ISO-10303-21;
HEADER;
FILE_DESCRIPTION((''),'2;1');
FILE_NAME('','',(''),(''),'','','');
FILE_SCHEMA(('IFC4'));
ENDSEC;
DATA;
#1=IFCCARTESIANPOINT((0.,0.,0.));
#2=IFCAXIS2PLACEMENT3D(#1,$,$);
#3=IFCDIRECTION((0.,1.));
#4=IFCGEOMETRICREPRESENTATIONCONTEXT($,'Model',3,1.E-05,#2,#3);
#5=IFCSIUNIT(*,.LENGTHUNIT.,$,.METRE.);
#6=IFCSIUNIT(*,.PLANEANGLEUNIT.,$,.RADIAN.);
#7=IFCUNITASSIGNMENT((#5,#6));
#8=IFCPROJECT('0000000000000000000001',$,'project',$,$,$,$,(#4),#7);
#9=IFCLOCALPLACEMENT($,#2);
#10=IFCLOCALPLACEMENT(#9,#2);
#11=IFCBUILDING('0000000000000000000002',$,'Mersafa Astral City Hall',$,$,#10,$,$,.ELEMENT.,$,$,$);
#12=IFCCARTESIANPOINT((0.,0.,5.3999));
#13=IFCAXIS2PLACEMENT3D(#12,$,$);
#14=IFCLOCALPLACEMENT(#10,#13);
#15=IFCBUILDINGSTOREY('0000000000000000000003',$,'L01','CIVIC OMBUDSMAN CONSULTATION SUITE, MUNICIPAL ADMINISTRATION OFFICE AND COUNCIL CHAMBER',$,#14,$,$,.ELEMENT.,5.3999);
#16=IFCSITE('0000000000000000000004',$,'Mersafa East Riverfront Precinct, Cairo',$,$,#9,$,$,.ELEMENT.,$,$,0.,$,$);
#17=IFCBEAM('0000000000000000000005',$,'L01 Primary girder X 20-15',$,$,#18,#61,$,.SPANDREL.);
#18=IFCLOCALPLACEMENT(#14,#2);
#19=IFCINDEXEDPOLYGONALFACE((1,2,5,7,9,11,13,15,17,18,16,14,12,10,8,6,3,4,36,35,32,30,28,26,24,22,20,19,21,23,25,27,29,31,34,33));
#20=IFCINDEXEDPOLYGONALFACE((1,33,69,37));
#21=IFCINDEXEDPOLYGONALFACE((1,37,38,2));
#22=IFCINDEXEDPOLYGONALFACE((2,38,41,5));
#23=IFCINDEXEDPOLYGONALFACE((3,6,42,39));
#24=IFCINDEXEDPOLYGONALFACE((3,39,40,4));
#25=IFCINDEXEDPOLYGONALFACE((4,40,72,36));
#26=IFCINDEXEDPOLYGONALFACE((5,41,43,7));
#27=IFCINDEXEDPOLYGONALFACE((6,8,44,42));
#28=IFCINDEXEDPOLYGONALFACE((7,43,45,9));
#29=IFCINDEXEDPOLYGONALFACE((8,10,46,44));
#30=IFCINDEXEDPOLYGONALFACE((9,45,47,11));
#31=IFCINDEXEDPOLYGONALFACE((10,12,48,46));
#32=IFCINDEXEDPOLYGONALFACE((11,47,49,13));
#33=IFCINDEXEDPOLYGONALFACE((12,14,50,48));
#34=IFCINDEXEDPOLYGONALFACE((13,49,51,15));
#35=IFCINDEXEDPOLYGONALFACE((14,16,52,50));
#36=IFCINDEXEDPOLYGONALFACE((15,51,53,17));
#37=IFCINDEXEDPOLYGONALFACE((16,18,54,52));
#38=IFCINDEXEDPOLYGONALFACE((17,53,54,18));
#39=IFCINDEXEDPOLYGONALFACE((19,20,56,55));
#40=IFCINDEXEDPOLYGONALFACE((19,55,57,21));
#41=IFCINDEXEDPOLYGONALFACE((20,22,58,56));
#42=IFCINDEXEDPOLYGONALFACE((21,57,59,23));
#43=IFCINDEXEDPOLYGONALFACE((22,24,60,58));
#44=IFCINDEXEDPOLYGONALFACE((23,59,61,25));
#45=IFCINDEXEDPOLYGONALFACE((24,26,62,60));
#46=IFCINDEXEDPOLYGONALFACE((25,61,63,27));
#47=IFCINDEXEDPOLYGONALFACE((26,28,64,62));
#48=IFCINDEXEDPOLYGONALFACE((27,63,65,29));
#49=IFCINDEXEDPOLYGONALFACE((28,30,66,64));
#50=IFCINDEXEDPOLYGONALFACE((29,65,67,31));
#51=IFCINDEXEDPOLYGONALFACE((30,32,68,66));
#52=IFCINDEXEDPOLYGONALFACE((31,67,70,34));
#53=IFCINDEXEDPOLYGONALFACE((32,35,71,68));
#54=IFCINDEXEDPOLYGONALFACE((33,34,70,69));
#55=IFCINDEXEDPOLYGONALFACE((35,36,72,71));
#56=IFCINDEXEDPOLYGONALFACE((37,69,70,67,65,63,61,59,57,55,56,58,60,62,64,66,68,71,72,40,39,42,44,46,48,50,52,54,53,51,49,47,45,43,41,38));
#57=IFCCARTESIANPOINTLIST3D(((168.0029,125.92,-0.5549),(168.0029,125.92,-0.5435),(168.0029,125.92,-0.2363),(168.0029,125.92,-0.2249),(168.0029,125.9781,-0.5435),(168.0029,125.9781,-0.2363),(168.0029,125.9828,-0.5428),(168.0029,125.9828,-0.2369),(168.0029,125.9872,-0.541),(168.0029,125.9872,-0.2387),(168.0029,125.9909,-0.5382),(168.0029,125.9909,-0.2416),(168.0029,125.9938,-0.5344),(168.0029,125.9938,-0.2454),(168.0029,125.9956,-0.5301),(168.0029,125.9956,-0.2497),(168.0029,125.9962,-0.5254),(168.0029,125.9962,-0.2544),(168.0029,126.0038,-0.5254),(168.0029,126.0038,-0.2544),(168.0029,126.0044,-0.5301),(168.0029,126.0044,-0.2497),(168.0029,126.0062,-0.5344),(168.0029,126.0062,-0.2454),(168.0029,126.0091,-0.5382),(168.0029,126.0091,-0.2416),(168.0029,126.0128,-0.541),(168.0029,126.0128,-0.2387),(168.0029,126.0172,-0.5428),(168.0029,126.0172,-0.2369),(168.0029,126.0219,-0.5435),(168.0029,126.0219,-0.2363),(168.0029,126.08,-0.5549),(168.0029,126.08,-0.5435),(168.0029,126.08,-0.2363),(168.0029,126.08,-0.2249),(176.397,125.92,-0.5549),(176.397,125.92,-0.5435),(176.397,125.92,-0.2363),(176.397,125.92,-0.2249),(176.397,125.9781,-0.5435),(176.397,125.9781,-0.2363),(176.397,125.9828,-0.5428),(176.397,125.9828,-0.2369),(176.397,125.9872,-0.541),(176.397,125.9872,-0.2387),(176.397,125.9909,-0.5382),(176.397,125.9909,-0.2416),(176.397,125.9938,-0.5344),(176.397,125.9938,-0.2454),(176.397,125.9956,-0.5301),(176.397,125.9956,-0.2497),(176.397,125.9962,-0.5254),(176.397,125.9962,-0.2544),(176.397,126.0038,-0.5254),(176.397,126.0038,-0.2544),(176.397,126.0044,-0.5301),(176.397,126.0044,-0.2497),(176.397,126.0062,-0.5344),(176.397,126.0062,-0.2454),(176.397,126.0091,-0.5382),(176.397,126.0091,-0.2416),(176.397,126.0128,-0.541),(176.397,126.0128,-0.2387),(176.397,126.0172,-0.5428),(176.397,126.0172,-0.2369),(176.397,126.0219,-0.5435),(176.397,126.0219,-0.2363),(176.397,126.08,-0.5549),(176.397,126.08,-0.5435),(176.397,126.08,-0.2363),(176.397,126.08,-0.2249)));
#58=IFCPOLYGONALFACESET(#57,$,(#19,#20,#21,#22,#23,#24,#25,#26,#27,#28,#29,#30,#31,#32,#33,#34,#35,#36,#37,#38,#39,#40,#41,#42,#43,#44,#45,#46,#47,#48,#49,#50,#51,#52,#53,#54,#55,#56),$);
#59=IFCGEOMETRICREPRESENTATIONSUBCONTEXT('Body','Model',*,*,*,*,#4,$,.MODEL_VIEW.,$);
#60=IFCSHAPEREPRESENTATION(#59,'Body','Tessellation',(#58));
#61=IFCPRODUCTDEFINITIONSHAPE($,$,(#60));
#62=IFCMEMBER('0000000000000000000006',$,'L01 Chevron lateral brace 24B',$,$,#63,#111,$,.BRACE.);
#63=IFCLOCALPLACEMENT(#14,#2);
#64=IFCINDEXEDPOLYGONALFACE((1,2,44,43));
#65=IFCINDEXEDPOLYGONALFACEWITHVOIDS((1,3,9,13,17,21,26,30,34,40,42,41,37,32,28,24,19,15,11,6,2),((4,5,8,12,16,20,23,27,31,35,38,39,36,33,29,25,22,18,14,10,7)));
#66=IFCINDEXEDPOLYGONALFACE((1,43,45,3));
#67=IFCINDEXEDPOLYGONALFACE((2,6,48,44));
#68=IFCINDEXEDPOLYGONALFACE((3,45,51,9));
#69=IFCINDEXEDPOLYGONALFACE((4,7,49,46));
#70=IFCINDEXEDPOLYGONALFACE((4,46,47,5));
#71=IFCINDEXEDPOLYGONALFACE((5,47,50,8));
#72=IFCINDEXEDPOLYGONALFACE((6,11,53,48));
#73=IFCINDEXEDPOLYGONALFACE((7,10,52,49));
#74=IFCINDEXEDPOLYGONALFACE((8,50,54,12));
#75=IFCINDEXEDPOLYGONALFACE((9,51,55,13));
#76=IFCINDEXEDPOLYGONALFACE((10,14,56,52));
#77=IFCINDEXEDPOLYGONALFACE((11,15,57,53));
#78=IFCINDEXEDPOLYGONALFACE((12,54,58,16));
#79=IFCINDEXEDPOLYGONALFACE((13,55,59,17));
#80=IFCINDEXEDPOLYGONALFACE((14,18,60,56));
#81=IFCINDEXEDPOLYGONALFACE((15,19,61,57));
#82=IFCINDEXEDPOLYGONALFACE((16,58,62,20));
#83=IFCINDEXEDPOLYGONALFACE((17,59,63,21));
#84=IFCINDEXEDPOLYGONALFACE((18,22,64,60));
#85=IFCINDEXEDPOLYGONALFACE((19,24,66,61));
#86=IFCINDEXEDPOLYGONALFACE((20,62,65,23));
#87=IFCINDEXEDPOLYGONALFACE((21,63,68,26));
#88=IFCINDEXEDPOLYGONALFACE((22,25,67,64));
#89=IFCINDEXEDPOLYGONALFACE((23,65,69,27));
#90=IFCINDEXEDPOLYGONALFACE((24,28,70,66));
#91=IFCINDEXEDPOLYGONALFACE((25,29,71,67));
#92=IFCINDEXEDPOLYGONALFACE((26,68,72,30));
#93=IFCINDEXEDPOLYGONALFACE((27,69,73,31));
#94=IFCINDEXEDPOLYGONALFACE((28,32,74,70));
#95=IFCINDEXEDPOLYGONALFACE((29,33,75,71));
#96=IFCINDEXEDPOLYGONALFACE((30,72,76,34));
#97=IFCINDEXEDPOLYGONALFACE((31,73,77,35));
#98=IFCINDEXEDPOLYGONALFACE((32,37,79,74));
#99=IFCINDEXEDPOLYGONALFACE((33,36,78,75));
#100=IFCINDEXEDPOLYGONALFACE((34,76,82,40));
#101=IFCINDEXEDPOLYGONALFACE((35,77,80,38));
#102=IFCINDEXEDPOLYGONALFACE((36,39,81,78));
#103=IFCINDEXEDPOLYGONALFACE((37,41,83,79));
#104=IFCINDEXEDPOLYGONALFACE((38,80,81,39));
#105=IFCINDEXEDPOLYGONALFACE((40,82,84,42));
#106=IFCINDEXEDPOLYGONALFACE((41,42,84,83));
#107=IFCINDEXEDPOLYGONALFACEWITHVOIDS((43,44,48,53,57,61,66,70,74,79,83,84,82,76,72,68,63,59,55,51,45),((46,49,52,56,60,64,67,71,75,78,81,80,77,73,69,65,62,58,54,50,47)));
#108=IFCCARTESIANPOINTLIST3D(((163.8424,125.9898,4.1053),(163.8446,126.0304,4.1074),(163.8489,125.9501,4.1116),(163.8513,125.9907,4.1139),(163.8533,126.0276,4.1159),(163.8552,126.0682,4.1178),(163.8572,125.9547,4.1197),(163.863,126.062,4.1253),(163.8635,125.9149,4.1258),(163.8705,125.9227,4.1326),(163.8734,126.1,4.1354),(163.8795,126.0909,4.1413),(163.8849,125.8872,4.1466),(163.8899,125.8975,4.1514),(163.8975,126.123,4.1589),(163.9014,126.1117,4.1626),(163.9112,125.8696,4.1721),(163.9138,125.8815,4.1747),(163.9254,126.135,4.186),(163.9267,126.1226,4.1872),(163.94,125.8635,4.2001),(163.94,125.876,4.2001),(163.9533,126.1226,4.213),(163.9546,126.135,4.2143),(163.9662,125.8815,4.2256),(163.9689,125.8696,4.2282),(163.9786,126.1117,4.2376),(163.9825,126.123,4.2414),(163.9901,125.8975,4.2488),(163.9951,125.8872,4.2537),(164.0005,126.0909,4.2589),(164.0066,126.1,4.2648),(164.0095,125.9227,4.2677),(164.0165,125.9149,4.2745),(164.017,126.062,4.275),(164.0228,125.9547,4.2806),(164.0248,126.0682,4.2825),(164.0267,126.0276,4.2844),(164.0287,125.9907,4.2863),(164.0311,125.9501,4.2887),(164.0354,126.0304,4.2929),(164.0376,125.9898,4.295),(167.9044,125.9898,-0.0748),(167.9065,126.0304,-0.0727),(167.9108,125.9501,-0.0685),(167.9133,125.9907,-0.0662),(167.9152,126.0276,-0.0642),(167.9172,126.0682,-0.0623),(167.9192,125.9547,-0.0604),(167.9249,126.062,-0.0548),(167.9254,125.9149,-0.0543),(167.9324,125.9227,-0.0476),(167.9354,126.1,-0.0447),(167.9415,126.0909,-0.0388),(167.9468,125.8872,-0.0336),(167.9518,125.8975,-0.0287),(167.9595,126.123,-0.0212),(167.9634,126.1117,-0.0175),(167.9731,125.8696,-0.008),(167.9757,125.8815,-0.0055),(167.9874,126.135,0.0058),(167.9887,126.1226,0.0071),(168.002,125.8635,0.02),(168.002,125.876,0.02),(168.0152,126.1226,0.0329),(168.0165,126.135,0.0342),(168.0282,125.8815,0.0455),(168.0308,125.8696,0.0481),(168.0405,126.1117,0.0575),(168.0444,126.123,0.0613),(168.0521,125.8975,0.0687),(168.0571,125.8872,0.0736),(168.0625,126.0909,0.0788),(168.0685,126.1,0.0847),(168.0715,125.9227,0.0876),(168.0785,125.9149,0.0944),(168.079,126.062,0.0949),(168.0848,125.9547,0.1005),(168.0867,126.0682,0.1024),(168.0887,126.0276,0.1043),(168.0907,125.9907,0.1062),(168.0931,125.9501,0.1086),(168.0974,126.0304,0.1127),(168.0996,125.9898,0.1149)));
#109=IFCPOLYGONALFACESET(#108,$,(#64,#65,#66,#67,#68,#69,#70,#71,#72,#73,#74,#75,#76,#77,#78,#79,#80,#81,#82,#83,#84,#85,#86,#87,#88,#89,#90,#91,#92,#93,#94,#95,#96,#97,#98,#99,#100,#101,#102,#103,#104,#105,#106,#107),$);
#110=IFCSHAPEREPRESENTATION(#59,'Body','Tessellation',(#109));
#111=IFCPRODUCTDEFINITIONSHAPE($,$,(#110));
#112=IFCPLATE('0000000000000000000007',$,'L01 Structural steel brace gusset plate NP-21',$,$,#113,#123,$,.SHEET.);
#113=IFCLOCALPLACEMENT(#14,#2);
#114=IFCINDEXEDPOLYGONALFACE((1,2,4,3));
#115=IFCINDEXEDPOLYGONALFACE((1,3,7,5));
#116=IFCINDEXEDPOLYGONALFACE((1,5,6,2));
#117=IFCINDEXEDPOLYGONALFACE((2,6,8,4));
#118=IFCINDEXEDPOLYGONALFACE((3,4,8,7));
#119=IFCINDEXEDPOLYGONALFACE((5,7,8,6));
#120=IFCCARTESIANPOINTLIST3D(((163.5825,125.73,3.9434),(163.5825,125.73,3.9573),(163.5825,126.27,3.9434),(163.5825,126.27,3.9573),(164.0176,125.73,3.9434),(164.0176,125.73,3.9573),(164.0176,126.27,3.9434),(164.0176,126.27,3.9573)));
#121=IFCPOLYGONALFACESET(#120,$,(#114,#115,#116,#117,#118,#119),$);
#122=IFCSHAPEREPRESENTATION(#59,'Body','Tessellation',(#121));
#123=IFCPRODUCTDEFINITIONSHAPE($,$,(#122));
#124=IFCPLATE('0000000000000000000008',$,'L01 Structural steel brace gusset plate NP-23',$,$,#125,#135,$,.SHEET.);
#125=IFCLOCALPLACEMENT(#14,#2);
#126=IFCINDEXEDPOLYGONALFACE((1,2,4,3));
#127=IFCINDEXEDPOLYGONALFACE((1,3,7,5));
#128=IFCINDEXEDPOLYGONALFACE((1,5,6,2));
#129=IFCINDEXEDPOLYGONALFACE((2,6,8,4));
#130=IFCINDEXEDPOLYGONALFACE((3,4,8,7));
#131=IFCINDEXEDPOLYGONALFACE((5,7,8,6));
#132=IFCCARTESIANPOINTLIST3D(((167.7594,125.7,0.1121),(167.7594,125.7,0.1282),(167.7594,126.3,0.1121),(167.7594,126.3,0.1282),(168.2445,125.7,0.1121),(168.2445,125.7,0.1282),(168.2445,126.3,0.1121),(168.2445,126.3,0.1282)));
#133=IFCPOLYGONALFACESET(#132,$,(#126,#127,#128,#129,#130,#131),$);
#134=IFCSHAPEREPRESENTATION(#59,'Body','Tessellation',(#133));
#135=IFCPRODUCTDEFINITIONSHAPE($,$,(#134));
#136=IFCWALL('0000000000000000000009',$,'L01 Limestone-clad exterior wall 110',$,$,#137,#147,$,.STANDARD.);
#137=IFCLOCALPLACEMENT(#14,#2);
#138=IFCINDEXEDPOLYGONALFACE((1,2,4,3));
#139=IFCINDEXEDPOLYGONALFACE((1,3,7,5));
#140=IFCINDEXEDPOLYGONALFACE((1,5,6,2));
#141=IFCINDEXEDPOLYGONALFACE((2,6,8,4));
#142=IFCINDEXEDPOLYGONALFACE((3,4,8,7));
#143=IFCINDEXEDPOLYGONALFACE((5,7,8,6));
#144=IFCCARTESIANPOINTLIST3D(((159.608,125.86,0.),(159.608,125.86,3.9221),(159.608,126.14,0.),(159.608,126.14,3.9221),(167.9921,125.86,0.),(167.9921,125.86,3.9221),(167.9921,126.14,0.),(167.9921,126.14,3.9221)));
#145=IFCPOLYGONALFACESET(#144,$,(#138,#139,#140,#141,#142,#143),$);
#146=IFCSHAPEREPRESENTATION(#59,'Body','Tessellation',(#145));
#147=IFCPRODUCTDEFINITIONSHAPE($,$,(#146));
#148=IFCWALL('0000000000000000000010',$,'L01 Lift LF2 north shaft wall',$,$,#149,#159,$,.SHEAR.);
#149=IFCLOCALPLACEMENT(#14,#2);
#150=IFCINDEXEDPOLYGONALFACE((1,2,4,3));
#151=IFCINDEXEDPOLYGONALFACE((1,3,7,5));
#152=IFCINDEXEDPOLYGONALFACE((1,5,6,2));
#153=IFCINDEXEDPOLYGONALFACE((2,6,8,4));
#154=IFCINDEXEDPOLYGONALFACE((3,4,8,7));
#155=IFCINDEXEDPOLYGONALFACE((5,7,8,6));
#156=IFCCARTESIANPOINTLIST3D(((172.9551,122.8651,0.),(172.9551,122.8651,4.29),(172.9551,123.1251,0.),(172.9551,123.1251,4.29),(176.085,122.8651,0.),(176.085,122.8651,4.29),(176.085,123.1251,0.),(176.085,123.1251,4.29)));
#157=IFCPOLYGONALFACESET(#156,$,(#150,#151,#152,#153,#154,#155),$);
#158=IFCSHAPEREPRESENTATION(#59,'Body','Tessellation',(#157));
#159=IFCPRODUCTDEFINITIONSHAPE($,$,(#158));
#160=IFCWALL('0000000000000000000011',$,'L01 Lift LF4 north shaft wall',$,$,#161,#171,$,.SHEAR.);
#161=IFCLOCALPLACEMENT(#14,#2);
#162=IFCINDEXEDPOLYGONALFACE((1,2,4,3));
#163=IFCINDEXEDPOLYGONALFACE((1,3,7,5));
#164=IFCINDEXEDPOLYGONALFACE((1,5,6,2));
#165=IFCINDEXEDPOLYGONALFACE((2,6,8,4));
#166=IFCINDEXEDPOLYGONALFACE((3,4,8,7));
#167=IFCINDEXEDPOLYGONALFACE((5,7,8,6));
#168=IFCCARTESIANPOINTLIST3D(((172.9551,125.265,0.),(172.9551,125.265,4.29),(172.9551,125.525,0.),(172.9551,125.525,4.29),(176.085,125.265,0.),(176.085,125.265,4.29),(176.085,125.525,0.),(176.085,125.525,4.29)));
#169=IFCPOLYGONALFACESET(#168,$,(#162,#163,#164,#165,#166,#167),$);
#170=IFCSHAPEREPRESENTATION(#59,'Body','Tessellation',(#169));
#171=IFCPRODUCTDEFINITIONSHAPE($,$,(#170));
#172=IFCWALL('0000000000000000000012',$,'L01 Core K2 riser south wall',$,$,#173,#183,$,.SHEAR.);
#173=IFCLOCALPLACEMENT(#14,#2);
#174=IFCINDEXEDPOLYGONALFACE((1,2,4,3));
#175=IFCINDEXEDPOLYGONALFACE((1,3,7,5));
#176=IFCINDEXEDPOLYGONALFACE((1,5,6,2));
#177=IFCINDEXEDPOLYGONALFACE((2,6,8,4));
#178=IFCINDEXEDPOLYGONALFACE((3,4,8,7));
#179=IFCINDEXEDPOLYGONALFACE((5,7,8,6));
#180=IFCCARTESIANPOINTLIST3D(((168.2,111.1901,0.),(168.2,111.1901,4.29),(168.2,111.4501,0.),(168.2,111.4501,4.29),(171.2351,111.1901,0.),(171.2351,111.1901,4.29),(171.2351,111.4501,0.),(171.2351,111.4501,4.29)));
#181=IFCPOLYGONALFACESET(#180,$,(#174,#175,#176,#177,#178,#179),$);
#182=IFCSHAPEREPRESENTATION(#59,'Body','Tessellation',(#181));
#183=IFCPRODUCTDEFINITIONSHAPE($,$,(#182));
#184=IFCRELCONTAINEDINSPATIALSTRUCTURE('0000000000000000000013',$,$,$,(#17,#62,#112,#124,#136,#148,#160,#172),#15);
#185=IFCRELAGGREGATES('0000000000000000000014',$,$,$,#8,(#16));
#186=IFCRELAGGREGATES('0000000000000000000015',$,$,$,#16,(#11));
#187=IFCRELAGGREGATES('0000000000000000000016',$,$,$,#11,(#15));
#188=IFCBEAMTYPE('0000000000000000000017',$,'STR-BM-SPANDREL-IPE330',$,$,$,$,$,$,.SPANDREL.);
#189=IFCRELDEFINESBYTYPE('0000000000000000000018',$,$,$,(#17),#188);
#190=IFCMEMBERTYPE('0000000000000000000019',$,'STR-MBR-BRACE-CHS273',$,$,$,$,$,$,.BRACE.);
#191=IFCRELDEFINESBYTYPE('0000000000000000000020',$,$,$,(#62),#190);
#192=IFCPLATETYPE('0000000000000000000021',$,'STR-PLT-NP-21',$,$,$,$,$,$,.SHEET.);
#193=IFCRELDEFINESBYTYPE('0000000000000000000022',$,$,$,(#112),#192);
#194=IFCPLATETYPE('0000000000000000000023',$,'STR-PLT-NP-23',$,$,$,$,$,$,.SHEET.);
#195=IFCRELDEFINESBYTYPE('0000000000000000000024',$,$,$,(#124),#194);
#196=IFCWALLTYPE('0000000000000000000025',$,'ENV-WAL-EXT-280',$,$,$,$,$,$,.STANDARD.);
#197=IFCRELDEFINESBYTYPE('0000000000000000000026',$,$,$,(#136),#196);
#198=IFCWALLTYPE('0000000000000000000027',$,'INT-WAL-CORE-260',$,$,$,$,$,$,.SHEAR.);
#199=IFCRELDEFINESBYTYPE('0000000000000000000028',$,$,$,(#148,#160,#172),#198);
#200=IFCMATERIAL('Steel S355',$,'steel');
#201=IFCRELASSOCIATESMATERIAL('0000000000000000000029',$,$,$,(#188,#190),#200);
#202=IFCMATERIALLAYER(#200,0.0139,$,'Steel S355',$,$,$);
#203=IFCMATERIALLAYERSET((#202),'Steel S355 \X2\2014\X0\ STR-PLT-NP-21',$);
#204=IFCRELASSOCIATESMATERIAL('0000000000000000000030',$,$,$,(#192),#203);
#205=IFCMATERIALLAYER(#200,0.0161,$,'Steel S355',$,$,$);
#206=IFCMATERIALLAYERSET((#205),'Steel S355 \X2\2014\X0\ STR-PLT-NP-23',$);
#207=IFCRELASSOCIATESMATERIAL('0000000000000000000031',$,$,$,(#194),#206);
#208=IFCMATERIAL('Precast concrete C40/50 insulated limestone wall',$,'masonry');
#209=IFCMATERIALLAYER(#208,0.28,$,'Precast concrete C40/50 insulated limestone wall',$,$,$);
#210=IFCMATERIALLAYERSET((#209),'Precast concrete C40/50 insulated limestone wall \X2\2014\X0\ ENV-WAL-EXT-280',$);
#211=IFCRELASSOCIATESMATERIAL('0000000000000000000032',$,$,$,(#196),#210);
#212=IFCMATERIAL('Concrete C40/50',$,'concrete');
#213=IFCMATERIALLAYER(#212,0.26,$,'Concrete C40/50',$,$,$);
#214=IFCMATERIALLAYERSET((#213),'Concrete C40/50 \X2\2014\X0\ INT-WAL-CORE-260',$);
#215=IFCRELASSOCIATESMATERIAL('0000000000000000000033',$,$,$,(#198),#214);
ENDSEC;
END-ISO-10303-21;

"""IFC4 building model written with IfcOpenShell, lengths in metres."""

from ifc_helpers import new_model, si_unit, direction, frame, frame_2d, origin, origin_2d, place, context, subcontext, project, spatial, rectangle, hollow_circle, i_section, extrude, material, layer, layer_set, material_profile, profile_set, type_object, element, save


model = new_model("IFC4")

# Units and contexts
model_context = context("Model", 3, precision=1e-05, world=origin(), true_north=direction((0.0, 1.0)))
body_context = subcontext(model_context, "Body", "Model", "MODEL_VIEW")
ifc_project = project(units=[si_unit("LENGTHUNIT", "METRE"), si_unit("PLANEANGLEUNIT", "RADIAN")], contexts=[model_context])

# Site, building, storey
site_placement = place(None, origin())
site = spatial("IfcSite", under=ifc_project, at=site_placement, Name="Mersafa East Riverfront Precinct, Cairo", CompositionType="ELEMENT", RefElevation=0.0)
building_placement = place(site_placement, origin())
building = spatial("IfcBuilding", under=site, at=building_placement, Name="Mersafa Astral City Hall", CompositionType="ELEMENT")
storey_placement = place(building_placement, frame((0.0, 0.0, 5.3999)))
storey = spatial("IfcBuildingStorey", under=building, at=storey_placement, Name="L01", Description="CIVIC OMBUDSMAN CONSULTATION SUITE, MUNICIPAL ADMINISTRATION OFFICE AND COUNCIL CHAMBER", CompositionType="ELEMENT", Elevation=5.3999)

# Shared definitions
ifc_material_1 = material(Name="Steel S355", Category="steel")

# Beam
ifc_material_profile_1 = material_profile(ifc_material_1, i_section(OverallWidth=0.1599, OverallDepth=0.3301, WebThickness=0.0076, FlangeThickness=0.0115, FilletRadius=0.0181, at=origin_2d()), Name="IPE 330")
ifc_profile_set_1 = profile_set([ifc_material_profile_1], Name="Steel S355")
beam_type_1 = type_object("IfcBeamType", Name="STR-BM-SPANDREL-IPE330", PredefinedType="SPANDREL", material=ifc_profile_set_1)
beam_1_placement = place(storey_placement, frame((168.0029, 126.0, -0.3899), z_axis=(1.0, 0.0, 0.0), x_axis=(0.0, 1.0, 0.0)))
element("IfcBeam", 1, at=beam_1_placement, inside=storey, type_object=beam_type_1, Name="L01 Primary girder X 20-15", PredefinedType="SPANDREL", context=body_context, shape_type="SweptSolid", body=[
    extrude(i_section(OverallWidth=0.1599, OverallDepth=0.3301, WebThickness=0.0076, FlangeThickness=0.0115, FilletRadius=0.0181, at=origin_2d()), origin(), (0.0, 0.0, 1.0), 8.394),
])

# Member
ifc_material_profile_2 = material_profile(ifc_material_1, hollow_circle(Radius=0.1365, WallThickness=0.0125, at=origin_2d()), Name="CHS 273x12.5")
ifc_profile_set_2 = profile_set([ifc_material_profile_2], Name="Steel S355")
member_type = type_object("IfcMemberType", Name="STR-MBR-BRACE-CHS273", PredefinedType="BRACE", material=ifc_profile_set_2)
member_placement = place(storey_placement, frame((168.002, 126.0, 0.02), z_axis=(-0.696898, 0.0, 0.717171), x_axis=(0.0, -1.0, 0.0)))
element("IfcMember", 2, at=member_placement, inside=storey, type_object=member_type, Name="L01 Chevron lateral brace 24B", PredefinedType="BRACE", context=body_context, shape_type="SweptSolid", body=[
    extrude(hollow_circle(Radius=0.1365, WallThickness=0.0125, at=origin_2d()), origin(), (0.0, 0.0, 1.0), 5.8286),
])

# Plates
ifc_layer_1 = layer(ifc_material_1, 0.0139, Name="Steel S355")
ifc_layer_set_1 = layer_set([ifc_layer_1], Name="Steel S355 — STR-PLT-NP-21")
plate_type_1 = type_object("IfcPlateType", Name="STR-PLT-NP-21", PredefinedType="SHEET", material=ifc_layer_set_1)
plate_1_placement = place(storey_placement, frame((163.8, 126.0, 3.9434), z_axis=(0.0, 0.0, 1.0), x_axis=(1.0, 0.0, 0.0)))
element("IfcPlate", 3, at=plate_1_placement, inside=storey, type_object=plate_type_1, Name="L01 Structural steel brace gusset plate NP-21", PredefinedType="SHEET", context=body_context, shape_type="SweptSolid", body=[
    extrude(rectangle(XDim=0.4351, YDim=0.54, at=origin_2d()), origin(), (0.0, 0.0, 1.0), 0.0139),
])
ifc_layer_2 = layer(ifc_material_1, 0.0161, Name="Steel S355")
ifc_layer_set_2 = layer_set([ifc_layer_2], Name="Steel S355 — STR-PLT-NP-23")
plate_type_2 = type_object("IfcPlateType", Name="STR-PLT-NP-23", PredefinedType="SHEET", material=ifc_layer_set_2)
plate_2_placement = place(storey_placement, frame((168.002, 126.0, 0.1121), z_axis=(0.0, 0.0, 1.0), x_axis=(1.0, 0.0, 0.0)))
element("IfcPlate", 4, at=plate_2_placement, inside=storey, type_object=plate_type_2, Name="L01 Structural steel brace gusset plate NP-23", PredefinedType="SHEET", context=body_context, shape_type="SweptSolid", body=[
    extrude(rectangle(XDim=0.4851, YDim=0.6001, at=origin_2d()), origin(), (0.0, 0.0, 1.0), 0.0161),
])

# Walls
ifc_material_2 = material(Name="Precast concrete C40/50 insulated limestone wall", Category="masonry")
ifc_layer_3 = layer(ifc_material_2, 0.28, Name="Precast concrete C40/50 insulated limestone wall")
ifc_layer_set_3 = layer_set([ifc_layer_3], Name="Precast concrete C40/50 insulated limestone wall — ENV-WAL-EXT-280")
wall_type_1 = type_object("IfcWallType", Name="ENV-WAL-EXT-280", PredefinedType="STANDARD", material=ifc_layer_set_3)
wall_1_placement = place(storey_placement, frame((167.9919, 126.0, 0.0), z_axis=(0.0, 0.0, 1.0), x_axis=(-1.0, 0.0, 0.0)))
element("IfcWall", 5, at=wall_1_placement, inside=storey, type_object=wall_type_1, Name="L01 Limestone-clad exterior wall 110", PredefinedType="STANDARD", context=body_context, shape_type="SweptSolid", body=[
    extrude(rectangle(XDim=8.384, YDim=0.28, at=frame_2d((4.1919, 0.0))), origin(), (0.0, 0.0, 1.0), 3.9221),
])
ifc_material_3 = material(Name="Concrete C40/50", Category="concrete")
ifc_layer_4 = layer(ifc_material_3, 0.26, Name="Concrete C40/50")
ifc_layer_set_4 = layer_set([ifc_layer_4], Name="Concrete C40/50 — INT-WAL-CORE-260")
wall_type_2 = type_object("IfcWallType", Name="INT-WAL-CORE-260", PredefinedType="SHEAR", material=ifc_layer_set_4)
wall_2_placement = place(storey_placement, frame((172.9551, 122.9951, 0.0), z_axis=(0.0, 0.0, 1.0), x_axis=(1.0, 0.0, 0.0)))
element("IfcWall", 6, at=wall_2_placement, inside=storey, type_object=wall_type_2, Name="L01 Lift LF2 north shaft wall", PredefinedType="SHEAR", context=body_context, shape_type="SweptSolid", body=[
    extrude(rectangle(XDim=3.1299, YDim=0.26, at=frame_2d((1.5649, 0.0))), origin(), (0.0, 0.0, 1.0), 4.29),
])

# Walls
wall_3_placement = place(storey_placement, frame((172.9551, 125.395, 0.0), z_axis=(0.0, 0.0, 1.0), x_axis=(1.0, 0.0, 0.0)))
element("IfcWall", 7, at=wall_3_placement, inside=storey, type_object=wall_type_2, Name="L01 Lift LF4 north shaft wall", PredefinedType="SHEAR", context=body_context, shape_type="SweptSolid", body=[
    extrude(rectangle(XDim=3.1299, YDim=0.26, at=frame_2d((1.5649, 0.0))), origin(), (0.0, 0.0, 1.0), 4.29),
])
for number, where, z_axis, x_axis, name in (
    (8, (168.2, 111.3201, 0.0), (0.0, 0.0, 1.0), (1.0, 0.0, 0.0), "L01 Core K2 riser south wall"),
):
    element("IfcWall", number, at=place(storey_placement, frame(where, z_axis=z_axis, x_axis=x_axis)), inside=storey, type_object=wall_type_2, Name=name, PredefinedType="SHEAR", context=body_context, shape_type="SweptSolid", body=[
        extrude(rectangle(XDim=3.0352, YDim=0.26, at=frame_2d((1.5176, 0.0))), origin(), (0.0, 0.0, 1.0), 4.29),
    ])

save(model, "model.ifc")
